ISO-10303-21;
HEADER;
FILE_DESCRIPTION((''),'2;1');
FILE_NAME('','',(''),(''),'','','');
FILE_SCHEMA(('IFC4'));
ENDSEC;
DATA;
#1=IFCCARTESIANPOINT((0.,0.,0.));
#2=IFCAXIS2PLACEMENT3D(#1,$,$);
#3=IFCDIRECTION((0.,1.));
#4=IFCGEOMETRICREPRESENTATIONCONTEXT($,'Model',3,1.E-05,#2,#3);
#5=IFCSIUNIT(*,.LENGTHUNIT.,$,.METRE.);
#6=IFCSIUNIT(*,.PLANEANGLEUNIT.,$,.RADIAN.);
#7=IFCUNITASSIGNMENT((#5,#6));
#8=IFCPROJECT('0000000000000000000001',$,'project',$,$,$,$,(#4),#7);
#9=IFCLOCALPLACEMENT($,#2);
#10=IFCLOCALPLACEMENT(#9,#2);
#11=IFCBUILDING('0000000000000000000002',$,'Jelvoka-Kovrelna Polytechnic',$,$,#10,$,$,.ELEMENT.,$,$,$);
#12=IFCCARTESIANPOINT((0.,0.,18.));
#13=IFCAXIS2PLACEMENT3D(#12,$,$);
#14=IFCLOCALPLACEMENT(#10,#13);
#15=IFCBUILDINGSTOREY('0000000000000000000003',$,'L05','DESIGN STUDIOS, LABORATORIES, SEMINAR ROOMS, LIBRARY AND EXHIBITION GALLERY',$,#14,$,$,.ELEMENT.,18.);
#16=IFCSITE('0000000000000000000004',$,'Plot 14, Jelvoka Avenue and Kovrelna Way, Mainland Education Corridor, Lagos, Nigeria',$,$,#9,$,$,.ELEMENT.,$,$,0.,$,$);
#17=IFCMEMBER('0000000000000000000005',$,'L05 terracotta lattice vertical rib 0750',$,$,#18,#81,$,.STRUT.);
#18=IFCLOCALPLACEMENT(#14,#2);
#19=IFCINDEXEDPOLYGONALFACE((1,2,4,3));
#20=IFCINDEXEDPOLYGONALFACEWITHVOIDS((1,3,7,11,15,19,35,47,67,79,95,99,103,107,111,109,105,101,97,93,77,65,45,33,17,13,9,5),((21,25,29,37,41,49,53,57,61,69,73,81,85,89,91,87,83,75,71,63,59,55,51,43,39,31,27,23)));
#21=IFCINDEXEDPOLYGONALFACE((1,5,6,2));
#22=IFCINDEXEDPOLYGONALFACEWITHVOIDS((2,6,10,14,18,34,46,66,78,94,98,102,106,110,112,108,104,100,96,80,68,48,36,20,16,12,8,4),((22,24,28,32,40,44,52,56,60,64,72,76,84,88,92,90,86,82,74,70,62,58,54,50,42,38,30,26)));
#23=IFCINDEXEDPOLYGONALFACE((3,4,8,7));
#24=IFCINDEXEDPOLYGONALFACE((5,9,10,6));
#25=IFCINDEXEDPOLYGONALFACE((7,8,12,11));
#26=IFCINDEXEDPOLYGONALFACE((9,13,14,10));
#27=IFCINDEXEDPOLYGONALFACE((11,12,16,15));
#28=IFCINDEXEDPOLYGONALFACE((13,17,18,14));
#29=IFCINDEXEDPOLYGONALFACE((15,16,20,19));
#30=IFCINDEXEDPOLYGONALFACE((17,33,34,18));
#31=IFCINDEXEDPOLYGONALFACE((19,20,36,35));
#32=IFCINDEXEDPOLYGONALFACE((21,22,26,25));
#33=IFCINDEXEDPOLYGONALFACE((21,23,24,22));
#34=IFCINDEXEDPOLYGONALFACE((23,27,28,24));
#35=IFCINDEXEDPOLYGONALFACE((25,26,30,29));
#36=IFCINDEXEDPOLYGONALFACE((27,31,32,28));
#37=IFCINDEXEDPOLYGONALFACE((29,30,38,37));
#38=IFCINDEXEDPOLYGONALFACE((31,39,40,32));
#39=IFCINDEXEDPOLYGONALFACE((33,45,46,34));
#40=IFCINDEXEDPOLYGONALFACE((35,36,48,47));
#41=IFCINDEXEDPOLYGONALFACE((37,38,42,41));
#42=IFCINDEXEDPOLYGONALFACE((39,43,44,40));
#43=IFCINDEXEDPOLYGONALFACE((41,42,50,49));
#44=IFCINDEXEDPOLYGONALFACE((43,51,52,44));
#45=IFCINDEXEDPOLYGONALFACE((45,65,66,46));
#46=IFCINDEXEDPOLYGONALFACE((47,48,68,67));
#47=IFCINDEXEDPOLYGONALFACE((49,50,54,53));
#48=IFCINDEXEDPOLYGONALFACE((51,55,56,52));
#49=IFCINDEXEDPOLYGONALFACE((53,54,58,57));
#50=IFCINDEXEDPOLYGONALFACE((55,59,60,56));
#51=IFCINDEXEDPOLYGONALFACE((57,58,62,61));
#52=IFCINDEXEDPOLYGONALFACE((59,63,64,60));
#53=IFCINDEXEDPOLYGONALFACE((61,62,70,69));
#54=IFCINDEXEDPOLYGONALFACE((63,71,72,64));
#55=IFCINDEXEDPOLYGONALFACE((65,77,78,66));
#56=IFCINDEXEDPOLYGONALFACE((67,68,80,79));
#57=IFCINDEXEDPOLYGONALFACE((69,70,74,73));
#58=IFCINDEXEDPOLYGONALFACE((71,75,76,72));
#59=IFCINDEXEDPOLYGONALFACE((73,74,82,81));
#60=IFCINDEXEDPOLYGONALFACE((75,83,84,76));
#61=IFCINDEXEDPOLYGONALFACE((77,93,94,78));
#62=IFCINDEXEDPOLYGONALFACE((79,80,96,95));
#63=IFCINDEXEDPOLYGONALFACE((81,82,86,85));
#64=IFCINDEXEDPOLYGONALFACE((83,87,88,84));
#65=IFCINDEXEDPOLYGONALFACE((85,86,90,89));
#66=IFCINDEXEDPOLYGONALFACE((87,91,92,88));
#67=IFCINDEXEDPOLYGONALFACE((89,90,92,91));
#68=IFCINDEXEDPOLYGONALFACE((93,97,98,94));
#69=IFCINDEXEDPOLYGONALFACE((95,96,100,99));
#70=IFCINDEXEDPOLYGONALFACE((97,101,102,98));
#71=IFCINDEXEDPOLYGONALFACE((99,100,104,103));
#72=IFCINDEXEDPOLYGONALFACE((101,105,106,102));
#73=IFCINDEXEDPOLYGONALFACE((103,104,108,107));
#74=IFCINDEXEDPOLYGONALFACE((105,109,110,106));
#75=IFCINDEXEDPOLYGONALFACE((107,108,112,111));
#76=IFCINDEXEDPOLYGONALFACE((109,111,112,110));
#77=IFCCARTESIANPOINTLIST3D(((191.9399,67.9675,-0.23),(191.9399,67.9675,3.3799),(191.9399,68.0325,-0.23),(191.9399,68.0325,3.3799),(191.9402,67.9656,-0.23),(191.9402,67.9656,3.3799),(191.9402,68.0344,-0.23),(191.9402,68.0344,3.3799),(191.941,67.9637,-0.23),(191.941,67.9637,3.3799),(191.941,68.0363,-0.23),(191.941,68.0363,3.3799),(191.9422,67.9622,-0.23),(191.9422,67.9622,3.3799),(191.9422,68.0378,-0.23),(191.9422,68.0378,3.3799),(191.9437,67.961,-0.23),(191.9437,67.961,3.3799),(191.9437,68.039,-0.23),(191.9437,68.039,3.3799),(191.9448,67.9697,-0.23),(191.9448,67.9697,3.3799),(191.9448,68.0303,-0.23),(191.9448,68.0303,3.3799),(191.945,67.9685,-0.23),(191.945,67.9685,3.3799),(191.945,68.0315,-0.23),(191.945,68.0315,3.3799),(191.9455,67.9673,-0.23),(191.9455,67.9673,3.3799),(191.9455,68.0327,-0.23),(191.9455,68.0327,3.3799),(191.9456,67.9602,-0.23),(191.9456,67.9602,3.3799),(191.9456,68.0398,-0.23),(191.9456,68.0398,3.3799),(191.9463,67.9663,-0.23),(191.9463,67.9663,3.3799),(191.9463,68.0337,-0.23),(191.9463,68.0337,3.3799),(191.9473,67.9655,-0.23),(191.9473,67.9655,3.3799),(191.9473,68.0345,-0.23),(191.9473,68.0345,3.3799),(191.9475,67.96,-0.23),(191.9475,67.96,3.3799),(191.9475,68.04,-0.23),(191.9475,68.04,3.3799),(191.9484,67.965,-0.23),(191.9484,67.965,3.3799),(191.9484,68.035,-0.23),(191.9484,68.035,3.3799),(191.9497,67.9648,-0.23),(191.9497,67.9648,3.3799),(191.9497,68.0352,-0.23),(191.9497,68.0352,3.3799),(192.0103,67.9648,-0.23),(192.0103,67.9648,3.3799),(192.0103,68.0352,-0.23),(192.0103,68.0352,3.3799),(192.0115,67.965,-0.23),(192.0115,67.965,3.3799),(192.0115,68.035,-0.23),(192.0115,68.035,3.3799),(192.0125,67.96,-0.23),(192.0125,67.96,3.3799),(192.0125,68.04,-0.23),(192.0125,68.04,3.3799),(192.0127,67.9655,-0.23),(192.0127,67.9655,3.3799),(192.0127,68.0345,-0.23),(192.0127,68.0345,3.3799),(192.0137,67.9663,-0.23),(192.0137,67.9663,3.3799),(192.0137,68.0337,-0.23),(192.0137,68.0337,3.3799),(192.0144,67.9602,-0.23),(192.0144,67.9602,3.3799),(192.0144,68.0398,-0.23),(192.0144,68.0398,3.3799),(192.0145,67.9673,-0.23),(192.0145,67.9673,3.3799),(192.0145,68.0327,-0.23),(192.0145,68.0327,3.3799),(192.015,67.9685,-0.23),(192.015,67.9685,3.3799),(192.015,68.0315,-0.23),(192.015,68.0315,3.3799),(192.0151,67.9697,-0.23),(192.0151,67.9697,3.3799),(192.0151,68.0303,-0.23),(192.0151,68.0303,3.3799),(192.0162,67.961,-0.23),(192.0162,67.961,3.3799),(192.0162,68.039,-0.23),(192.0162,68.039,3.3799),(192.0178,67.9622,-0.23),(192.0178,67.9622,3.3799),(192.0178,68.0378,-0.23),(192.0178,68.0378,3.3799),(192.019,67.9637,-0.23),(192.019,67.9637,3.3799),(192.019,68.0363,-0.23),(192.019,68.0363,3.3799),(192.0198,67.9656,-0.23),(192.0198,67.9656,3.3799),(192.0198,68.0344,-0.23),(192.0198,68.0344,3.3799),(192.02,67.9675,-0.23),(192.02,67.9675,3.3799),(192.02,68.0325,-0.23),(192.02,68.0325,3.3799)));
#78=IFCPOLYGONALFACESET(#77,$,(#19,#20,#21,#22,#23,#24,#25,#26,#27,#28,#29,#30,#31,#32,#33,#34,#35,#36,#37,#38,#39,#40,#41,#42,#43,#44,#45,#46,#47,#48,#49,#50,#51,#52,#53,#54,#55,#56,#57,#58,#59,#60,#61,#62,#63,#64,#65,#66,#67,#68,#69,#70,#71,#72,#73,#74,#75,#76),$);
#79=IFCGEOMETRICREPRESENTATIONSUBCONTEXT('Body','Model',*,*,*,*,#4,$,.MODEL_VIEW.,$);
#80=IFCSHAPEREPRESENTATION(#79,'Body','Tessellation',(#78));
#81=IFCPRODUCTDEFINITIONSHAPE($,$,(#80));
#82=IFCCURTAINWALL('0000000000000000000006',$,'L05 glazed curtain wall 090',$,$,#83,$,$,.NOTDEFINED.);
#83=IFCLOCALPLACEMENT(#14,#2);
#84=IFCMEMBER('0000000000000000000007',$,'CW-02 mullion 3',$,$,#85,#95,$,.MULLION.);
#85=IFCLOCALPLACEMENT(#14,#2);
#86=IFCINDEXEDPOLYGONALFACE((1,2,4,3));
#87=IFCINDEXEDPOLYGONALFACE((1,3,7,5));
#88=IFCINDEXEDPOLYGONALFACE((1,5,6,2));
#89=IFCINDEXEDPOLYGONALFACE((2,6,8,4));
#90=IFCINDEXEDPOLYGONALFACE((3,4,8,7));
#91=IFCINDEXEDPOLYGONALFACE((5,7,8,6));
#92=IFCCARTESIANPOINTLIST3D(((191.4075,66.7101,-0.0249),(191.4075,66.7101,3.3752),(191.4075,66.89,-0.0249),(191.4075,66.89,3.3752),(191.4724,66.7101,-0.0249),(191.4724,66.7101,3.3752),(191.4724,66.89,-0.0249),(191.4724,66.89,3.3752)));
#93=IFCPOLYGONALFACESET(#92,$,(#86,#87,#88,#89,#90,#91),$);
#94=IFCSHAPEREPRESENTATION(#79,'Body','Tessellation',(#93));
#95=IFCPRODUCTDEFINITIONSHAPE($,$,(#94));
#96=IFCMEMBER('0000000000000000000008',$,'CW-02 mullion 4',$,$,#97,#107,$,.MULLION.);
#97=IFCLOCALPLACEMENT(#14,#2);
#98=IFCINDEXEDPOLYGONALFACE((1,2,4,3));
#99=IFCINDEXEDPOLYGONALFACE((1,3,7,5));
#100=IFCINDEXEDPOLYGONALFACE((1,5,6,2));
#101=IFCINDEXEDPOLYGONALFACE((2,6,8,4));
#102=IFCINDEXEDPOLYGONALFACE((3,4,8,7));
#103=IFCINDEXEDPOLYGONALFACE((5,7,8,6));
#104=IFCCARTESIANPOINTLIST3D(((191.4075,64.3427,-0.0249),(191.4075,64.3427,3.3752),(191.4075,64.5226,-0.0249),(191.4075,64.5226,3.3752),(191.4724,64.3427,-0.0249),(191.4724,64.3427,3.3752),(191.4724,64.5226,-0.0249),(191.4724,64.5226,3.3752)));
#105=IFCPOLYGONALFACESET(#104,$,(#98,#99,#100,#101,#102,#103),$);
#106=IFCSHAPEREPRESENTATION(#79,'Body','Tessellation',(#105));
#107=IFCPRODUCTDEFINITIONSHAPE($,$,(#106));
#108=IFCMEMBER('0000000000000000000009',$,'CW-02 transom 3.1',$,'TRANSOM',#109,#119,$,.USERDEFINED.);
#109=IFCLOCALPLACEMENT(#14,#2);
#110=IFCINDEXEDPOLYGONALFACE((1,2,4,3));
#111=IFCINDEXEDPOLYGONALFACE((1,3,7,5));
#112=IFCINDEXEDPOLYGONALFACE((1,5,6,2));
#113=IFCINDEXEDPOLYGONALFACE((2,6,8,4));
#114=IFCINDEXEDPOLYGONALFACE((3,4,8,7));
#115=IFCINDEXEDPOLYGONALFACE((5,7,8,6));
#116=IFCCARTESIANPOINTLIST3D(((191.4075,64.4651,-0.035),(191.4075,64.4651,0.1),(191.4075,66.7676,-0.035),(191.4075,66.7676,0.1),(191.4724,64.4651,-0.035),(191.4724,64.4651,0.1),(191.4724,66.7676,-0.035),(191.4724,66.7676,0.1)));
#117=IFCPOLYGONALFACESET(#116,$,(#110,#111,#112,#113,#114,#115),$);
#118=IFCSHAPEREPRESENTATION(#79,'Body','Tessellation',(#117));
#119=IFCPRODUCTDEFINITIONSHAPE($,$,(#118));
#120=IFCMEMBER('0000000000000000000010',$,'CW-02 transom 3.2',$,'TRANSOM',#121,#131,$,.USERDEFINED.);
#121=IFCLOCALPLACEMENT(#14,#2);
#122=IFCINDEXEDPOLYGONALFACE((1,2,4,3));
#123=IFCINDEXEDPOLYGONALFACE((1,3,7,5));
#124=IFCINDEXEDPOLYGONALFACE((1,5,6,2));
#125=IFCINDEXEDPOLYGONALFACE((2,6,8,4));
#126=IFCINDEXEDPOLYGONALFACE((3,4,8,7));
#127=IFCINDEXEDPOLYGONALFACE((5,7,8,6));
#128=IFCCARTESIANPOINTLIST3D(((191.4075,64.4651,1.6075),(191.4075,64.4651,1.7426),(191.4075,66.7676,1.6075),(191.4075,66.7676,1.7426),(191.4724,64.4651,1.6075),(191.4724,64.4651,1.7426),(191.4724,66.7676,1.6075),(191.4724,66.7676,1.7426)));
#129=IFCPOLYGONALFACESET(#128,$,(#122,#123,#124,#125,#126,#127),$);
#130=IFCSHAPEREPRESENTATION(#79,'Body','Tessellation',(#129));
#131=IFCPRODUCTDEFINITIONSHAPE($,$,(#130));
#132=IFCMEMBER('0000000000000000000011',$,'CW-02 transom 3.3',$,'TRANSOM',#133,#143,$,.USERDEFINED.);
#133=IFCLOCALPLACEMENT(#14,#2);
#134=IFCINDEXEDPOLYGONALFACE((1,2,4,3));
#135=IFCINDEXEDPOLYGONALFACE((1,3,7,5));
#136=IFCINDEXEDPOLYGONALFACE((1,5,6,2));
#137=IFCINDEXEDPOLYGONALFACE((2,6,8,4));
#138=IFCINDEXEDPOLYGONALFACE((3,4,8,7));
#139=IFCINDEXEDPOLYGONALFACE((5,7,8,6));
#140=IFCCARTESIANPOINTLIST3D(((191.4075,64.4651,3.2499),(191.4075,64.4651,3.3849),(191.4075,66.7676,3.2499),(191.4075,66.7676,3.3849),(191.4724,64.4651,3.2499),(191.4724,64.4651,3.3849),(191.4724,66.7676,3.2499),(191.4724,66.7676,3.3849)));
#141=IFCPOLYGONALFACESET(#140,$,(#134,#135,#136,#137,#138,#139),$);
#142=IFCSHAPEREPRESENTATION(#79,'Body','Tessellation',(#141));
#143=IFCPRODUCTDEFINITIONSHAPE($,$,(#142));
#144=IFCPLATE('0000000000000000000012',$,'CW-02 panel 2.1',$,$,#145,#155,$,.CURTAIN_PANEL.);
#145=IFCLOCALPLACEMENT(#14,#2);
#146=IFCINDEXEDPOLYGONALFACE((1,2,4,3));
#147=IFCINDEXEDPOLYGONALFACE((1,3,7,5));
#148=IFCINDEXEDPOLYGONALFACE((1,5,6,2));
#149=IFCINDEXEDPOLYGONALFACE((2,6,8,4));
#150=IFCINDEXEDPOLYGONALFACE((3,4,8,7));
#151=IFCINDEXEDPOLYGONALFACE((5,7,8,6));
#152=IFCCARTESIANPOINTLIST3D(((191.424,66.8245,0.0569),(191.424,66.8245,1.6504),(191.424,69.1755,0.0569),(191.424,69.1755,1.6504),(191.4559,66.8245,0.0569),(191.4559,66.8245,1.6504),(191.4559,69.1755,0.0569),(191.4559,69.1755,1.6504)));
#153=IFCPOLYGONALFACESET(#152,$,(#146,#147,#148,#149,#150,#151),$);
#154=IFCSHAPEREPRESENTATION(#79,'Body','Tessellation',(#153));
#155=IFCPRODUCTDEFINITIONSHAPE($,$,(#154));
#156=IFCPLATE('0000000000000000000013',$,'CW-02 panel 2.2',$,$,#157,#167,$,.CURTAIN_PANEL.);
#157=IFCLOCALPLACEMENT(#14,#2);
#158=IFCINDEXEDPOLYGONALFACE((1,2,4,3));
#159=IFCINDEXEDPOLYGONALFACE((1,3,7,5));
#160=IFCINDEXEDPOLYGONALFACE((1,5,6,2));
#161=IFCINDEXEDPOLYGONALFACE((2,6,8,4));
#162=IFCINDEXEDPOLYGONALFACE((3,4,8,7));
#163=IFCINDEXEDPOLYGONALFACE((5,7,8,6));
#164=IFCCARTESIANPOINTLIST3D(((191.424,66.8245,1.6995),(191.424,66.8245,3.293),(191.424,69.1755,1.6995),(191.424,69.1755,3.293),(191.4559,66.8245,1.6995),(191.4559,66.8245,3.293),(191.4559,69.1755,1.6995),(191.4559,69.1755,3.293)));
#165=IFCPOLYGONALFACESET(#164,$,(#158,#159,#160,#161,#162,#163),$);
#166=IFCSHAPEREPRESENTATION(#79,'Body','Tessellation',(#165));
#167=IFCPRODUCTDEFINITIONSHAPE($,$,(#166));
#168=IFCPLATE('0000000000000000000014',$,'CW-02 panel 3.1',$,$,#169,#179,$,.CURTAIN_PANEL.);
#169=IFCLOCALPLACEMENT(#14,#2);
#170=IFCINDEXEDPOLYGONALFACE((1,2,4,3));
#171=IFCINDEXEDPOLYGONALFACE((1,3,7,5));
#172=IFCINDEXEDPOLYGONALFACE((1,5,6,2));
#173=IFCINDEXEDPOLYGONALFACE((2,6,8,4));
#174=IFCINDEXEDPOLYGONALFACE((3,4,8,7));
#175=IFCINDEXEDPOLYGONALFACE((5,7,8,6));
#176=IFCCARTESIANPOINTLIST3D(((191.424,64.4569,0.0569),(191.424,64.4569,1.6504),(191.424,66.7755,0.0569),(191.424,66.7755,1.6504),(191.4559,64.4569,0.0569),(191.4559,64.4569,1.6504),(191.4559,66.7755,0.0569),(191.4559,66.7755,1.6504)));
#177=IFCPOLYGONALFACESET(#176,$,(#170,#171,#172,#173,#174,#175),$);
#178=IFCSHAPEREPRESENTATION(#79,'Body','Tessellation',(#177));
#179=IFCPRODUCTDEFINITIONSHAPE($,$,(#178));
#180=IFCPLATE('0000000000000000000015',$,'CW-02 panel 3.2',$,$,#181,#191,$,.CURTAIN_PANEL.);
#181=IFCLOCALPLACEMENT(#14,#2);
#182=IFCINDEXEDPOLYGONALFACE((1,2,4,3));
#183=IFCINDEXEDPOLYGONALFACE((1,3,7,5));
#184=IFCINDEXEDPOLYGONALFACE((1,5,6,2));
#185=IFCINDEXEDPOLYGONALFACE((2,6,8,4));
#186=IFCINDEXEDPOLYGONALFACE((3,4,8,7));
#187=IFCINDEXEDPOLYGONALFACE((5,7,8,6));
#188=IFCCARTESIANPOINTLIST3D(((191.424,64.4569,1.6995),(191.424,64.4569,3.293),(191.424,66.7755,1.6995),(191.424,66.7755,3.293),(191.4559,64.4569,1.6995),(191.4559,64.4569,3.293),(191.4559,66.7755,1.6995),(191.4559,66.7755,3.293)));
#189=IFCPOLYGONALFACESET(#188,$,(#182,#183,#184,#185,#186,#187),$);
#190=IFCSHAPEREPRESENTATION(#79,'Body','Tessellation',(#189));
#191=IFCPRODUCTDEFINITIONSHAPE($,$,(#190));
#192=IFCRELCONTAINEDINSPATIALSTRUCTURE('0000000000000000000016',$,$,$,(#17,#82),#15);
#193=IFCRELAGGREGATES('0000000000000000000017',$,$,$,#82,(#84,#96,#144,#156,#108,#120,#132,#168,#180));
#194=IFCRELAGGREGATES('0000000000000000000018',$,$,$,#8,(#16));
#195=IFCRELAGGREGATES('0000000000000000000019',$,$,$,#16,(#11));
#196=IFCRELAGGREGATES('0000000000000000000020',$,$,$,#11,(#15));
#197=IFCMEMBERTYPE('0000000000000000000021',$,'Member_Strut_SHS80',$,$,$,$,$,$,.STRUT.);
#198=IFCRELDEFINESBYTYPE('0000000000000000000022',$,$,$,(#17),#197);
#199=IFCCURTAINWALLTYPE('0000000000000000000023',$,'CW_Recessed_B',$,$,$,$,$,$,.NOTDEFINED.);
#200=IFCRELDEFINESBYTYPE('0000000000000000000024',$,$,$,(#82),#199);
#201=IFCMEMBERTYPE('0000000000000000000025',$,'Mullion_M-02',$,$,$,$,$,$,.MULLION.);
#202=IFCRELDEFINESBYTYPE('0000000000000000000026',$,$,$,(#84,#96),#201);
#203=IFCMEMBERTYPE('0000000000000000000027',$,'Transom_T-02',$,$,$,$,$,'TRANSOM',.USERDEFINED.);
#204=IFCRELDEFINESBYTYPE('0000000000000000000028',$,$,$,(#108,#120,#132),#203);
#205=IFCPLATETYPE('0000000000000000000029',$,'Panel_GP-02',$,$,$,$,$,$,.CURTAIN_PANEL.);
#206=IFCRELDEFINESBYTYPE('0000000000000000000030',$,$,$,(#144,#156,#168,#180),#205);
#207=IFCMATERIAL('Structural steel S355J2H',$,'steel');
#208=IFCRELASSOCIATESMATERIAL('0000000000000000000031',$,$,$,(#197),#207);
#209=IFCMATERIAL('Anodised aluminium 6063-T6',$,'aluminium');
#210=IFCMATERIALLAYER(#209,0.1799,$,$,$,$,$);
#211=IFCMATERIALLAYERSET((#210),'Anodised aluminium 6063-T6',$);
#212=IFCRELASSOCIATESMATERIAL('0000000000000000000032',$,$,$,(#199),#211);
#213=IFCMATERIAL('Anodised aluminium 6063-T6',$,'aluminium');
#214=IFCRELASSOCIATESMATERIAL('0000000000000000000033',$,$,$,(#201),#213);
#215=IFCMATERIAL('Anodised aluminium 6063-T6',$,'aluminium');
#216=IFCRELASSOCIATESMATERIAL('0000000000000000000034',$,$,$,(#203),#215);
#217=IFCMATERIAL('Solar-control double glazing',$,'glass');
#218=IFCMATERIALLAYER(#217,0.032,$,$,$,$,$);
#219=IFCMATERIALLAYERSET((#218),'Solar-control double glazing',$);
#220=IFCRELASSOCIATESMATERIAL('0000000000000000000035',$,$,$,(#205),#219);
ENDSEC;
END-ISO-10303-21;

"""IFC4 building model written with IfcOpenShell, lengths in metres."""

from ifc_helpers import new_model, si_unit, direction, frame, origin, origin_2d, place, context, subcontext, project, spatial, rectangle, hollow_rectangle, extrude, material, layer, layer_set, material_profile, profile_set, type_object, element, aggregate, save


model = new_model("IFC4")

# Units and contexts
model_context = context("Model", 3, precision=1e-05, world=origin(), true_north=direction((0.0, 1.0)))
body_context = subcontext(model_context, "Body", "Model", "MODEL_VIEW")
ifc_project = project(units=[si_unit("LENGTHUNIT", "METRE"), si_unit("PLANEANGLEUNIT", "RADIAN")], contexts=[model_context])

# Site, building, storey
site_placement = place(None, origin())
site = spatial("IfcSite", under=ifc_project, at=site_placement, Name="Plot 14, Jelvoka Avenue and Kovrelna Way, Mainland Education Corridor, Lagos, Nigeria", CompositionType="ELEMENT", RefElevation=0.0)
building_placement = place(site_placement, origin())
building = spatial("IfcBuilding", under=site, at=building_placement, Name="Jelvoka-Kovrelna Polytechnic", CompositionType="ELEMENT")
storey_placement = place(building_placement, frame((0.0, 0.0, 18.0)))
storey = spatial("IfcBuildingStorey", under=building, at=storey_placement, Name="L05", Description="DESIGN STUDIOS, LABORATORIES, SEMINAR ROOMS, LIBRARY AND EXHIBITION GALLERY", CompositionType="ELEMENT", Elevation=18.0)

# Member
ifc_material_1 = material(Name="Structural steel S355J2H", Category="steel")
ifc_material_profile_1 = material_profile(ifc_material_1, hollow_rectangle(XDim=0.0801, YDim=0.0801, WallThickness=0.0049, InnerFilletRadius=0.0049, OuterFilletRadius=0.0076, at=origin_2d()), Name="80x80x5.0 SHS")
ifc_profile_set_1 = profile_set([ifc_material_profile_1], Name="Structural steel S355J2H")
member_type_1 = type_object("IfcMemberType", Name="Member_Strut_SHS80", PredefinedType="STRUT", material=ifc_profile_set_1)
for number, where, z_axis, x_axis, name in (
    (1, (191.98, 68.0, -0.23), (0.0, 0.0, 1.0), (1.0, 0.0, 0.0), "L05 terracotta lattice vertical rib 0750"),
):
    element("IfcMember", number, at=place(storey_placement, frame(where, z_axis=z_axis, x_axis=x_axis)), inside=storey, type_object=member_type_1, Name=name, PredefinedType="STRUT", context=body_context, shape_type="SweptSolid", body=[
        extrude(hollow_rectangle(XDim=0.0801, YDim=0.0801, WallThickness=0.0049, InnerFilletRadius=0.0049, OuterFilletRadius=0.0076, at=origin_2d()), origin(), (0.0, 0.0, 1.0), 3.6099),
    ])

# Curtain wall, members, plates
ifc_material_2 = material(Name="Anodised aluminium 6063-T6", Category="aluminium")
ifc_layer_1 = layer(ifc_material_2, 0.1799)
ifc_layer_set_1 = layer_set([ifc_layer_1], Name="Anodised aluminium 6063-T6")
curtain_wall_type = type_object("IfcCurtainWallType", Name="CW_Recessed_B", PredefinedType="NOTDEFINED", material=ifc_layer_set_1)
curtain_wall_placement = place(storey_placement, origin())
curtain_wall = element("IfcCurtainWall", 2, at=curtain_wall_placement, inside=storey, type_object=curtain_wall_type, Name="L05 glazed curtain wall 090", PredefinedType="NOTDEFINED")
ifc_material_3 = material(Name="Anodised aluminium 6063-T6", Category="aluminium")
ifc_material_profile_2 = material_profile(ifc_material_3, rectangle(XDim=0.0649, YDim=0.1799, at=origin_2d()), Name="ALU 65x180")
ifc_profile_set_2 = profile_set([ifc_material_profile_2], Name="Anodised aluminium 6063-T6")
member_type_2 = type_object("IfcMemberType", Name="Mullion_M-02", PredefinedType="MULLION", material=ifc_profile_set_2)
member_1_placement = place(storey_placement, frame((191.4399, 66.8, -0.0249), z_axis=(0.0, 0.0, 1.0), x_axis=(1.0, 0.0, 0.0)))
member_1 = element("IfcMember", 3, at=member_1_placement, type_object=member_type_2, Name="CW-02 mullion 3", PredefinedType="MULLION", context=body_context, shape_type="SweptSolid", body=[
    extrude(rectangle(XDim=0.0649, YDim=0.1799, at=origin_2d()), origin(), (0.0, 0.0, 1.0), 3.4001),
])
member_2_placement = place(storey_placement, frame((191.4399, 64.4326, -0.0249), z_axis=(0.0, 0.0, 1.0), x_axis=(1.0, 0.0, 0.0)))
member_2 = element("IfcMember", 4, at=member_2_placement, type_object=member_type_2, Name="CW-02 mullion 4", PredefinedType="MULLION", context=body_context, shape_type="SweptSolid", body=[
    extrude(rectangle(XDim=0.0649, YDim=0.1799, at=origin_2d()), origin(), (0.0, 0.0, 1.0), 3.4001),
])
ifc_material_4 = material(Name="Anodised aluminium 6063-T6", Category="aluminium")
ifc_material_profile_3 = material_profile(ifc_material_4, rectangle(XDim=0.0649, YDim=0.135, at=origin_2d()), Name="ALU 65x135")
ifc_profile_set_3 = profile_set([ifc_material_profile_3], Name="Anodised aluminium 6063-T6")
member_type_3 = type_object("IfcMemberType", Name="Transom_T-02", ElementType="TRANSOM", PredefinedType="USERDEFINED", material=ifc_profile_set_3)
member_3_placement = place(storey_placement, frame((191.4399, 66.7676, 0.0325), z_axis=(0.0, -1.0, 0.0), x_axis=(1.0, 0.0, 0.0)))
member_3 = element("IfcMember", 5, at=member_3_placement, type_object=member_type_3, Name="CW-02 transom 3.1", ObjectType="TRANSOM", PredefinedType="USERDEFINED", context=body_context, shape_type="SweptSolid", body=[
    extrude(rectangle(XDim=0.0649, YDim=0.135, at=origin_2d()), origin(), (0.0, 0.0, 1.0), 2.3025),
])
member_4_placement = place(storey_placement, frame((191.4399, 66.7676, 1.675), z_axis=(0.0, -1.0, 0.0), x_axis=(1.0, 0.0, 0.0)))
member_4 = element("IfcMember", 6, at=member_4_placement, type_object=member_type_3, Name="CW-02 transom 3.2", ObjectType="TRANSOM", PredefinedType="USERDEFINED", context=body_context, shape_type="SweptSolid", body=[
    extrude(rectangle(XDim=0.0649, YDim=0.135, at=origin_2d()), origin(), (0.0, 0.0, 1.0), 2.3025),
])
member_5_placement = place(storey_placement, frame((191.4399, 66.7676, 3.3174), z_axis=(0.0, -1.0, 0.0), x_axis=(1.0, 0.0, 0.0)))
member_5 = element("IfcMember", 7, at=member_5_placement, type_object=member_type_3, Name="CW-02 transom 3.3", ObjectType="TRANSOM", PredefinedType="USERDEFINED", context=body_context, shape_type="SweptSolid", body=[
    extrude(rectangle(XDim=0.0649, YDim=0.135, at=origin_2d()), origin(), (0.0, 0.0, 1.0), 2.3025),
])
ifc_material_5 = material(Name="Solar-control double glazing", Category="glass")
ifc_layer_2 = layer(ifc_material_5, 0.032)
ifc_layer_set_2 = layer_set([ifc_layer_2], Name="Solar-control double glazing")
plate_type_1 = type_object("IfcPlateType", Name="Panel_GP-02", PredefinedType="CURTAIN_PANEL", material=ifc_layer_set_2)
plate_1_placement = place(storey_placement, frame((191.4399, 68.0, 0.0569), z_axis=(0.0, 0.0, 1.0), x_axis=(0.0, -1.0, 0.0)))
plate_1 = element("IfcPlate", 8, at=plate_1_placement, type_object=plate_type_1, Name="CW-02 panel 2.1", PredefinedType="CURTAIN_PANEL", context=body_context, shape_type="SweptSolid", body=[
    extrude(rectangle(XDim=2.3511, YDim=0.032, at=origin_2d()), origin(), (0.0, 0.0, 1.0), 1.5935),
])
plate_2_placement = place(storey_placement, frame((191.4399, 68.0, 1.6995), z_axis=(0.0, 0.0, 1.0), x_axis=(0.0, -1.0, 0.0)))
plate_2 = element("IfcPlate", 9, at=plate_2_placement, type_object=plate_type_1, Name="CW-02 panel 2.2", PredefinedType="CURTAIN_PANEL", context=body_context, shape_type="SweptSolid", body=[
    extrude(rectangle(XDim=2.3511, YDim=0.032, at=origin_2d()), origin(), (0.0, 0.0, 1.0), 1.5935),
])
plate_3_placement = place(storey_placement, frame((191.4399, 65.6162, 0.0569), z_axis=(0.0, 0.0, 1.0), x_axis=(0.0, -1.0, 0.0)))
plate_3 = element("IfcPlate", 10, at=plate_3_placement, type_object=plate_type_1, Name="CW-02 panel 3.1", PredefinedType="CURTAIN_PANEL", context=body_context, shape_type="SweptSolid", body=[
    extrude(rectangle(XDim=2.3186, YDim=0.032, at=origin_2d()), origin(), (0.0, 0.0, 1.0), 1.5935),
])
plate_4_placement = place(storey_placement, frame((191.4399, 65.6162, 1.6995), z_axis=(0.0, 0.0, 1.0), x_axis=(0.0, -1.0, 0.0)))
plate_4 = element("IfcPlate", 11, at=plate_4_placement, type_object=plate_type_1, Name="CW-02 panel 3.2", PredefinedType="CURTAIN_PANEL", context=body_context, shape_type="SweptSolid", body=[
    extrude(rectangle(XDim=2.3186, YDim=0.032, at=origin_2d()), origin(), (0.0, 0.0, 1.0), 1.5935),
])
aggregate(curtain_wall, [member_1, member_2, plate_1, plate_2, member_3, member_4, member_5, plate_3, plate_4])

save(model, "model.ifc")
